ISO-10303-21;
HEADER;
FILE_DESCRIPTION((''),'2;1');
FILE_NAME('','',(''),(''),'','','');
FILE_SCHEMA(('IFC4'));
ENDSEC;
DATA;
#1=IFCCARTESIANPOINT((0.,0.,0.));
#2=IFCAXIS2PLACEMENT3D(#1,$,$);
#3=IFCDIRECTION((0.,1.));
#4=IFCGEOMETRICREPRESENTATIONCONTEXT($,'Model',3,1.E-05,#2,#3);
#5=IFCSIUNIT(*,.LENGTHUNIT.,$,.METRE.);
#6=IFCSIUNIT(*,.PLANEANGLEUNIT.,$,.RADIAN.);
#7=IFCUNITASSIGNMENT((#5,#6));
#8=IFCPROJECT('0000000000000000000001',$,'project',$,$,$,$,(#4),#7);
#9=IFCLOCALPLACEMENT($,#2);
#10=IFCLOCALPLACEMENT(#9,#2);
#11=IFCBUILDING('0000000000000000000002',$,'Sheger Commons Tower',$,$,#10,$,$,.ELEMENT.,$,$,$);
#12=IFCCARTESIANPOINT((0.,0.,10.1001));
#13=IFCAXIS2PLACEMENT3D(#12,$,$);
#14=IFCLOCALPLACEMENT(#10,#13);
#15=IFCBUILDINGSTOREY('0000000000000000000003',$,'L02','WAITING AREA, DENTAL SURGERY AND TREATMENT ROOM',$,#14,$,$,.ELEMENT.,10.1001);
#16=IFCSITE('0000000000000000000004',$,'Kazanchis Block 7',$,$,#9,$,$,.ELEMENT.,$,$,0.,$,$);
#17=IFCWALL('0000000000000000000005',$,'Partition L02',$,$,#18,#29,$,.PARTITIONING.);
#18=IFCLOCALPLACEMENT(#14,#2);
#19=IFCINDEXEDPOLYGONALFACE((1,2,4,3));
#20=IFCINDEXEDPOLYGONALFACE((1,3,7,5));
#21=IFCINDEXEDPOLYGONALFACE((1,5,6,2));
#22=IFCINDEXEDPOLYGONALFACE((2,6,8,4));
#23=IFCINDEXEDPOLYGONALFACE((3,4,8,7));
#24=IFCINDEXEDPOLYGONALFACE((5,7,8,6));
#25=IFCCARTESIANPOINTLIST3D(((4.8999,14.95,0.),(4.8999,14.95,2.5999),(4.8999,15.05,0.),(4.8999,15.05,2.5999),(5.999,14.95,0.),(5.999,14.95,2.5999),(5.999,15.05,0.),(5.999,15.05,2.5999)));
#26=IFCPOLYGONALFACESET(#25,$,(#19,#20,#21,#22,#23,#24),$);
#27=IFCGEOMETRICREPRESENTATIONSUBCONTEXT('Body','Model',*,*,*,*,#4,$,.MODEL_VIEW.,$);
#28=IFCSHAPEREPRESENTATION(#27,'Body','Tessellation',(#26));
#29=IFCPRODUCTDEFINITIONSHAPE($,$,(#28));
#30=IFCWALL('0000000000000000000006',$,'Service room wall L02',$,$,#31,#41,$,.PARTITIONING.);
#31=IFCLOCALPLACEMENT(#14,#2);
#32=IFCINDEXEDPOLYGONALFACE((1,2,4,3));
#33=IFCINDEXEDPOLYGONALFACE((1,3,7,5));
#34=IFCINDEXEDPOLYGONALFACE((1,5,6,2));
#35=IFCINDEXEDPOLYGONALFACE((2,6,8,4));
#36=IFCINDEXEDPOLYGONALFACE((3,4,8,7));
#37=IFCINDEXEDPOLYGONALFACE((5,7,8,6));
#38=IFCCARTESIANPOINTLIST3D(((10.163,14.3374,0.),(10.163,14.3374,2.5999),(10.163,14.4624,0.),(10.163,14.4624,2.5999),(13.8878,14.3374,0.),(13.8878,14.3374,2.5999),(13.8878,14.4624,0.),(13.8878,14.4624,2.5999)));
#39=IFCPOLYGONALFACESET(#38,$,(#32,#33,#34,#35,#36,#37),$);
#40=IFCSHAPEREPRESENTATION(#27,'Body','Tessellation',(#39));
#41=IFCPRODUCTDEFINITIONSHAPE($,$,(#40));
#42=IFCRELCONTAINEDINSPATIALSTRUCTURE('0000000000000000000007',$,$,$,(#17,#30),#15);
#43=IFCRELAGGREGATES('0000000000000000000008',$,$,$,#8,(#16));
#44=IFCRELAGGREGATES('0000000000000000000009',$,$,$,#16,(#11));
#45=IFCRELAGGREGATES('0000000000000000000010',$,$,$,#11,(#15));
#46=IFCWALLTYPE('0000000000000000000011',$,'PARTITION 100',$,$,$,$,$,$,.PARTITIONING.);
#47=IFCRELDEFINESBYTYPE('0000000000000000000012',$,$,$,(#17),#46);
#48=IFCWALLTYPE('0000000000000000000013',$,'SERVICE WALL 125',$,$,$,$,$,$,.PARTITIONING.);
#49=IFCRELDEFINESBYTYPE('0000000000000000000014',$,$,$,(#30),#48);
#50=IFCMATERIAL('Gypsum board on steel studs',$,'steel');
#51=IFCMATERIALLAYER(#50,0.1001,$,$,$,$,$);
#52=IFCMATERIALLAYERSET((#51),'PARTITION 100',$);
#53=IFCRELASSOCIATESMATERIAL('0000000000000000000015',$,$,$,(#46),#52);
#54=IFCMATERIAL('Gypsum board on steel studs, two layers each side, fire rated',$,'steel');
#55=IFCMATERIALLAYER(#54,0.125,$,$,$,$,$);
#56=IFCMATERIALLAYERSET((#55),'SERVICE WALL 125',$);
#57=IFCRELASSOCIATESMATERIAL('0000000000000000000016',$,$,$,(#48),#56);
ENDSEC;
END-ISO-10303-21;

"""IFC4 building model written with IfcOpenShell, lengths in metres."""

from ifc_helpers import new_model, si_unit, direction, frame, frame_2d, origin, place, context, subcontext, project, spatial, rectangle, extrude, material, layer, layer_set, type_object, element, save


model = new_model("IFC4")

# Units and contexts
model_context = context("Model", 3, precision=1e-05, world=origin(), true_north=direction((0.0, 1.0)))
body_context = subcontext(model_context, "Body", "Model", "MODEL_VIEW")
ifc_project = project(units=[si_unit("LENGTHUNIT", "METRE"), si_unit("PLANEANGLEUNIT", "RADIAN")], contexts=[model_context])

# Site, building, storey
site_placement = place(None, origin())
site = spatial("IfcSite", under=ifc_project, at=site_placement, Name="Kazanchis Block 7", CompositionType="ELEMENT", RefElevation=0.0)
building_placement = place(site_placement, origin())
building = spatial("IfcBuilding", under=site, at=building_placement, Name="Sheger Commons Tower", CompositionType="ELEMENT")
storey_placement = place(building_placement, frame((0.0, 0.0, 10.1001)))
storey = spatial("IfcBuildingStorey", under=building, at=storey_placement, Name="L02", Description="WAITING AREA, DENTAL SURGERY AND TREATMENT ROOM", CompositionType="ELEMENT", Elevation=10.1001)

# Shared definitions
ifc_material_1 = material(Name="Gypsum board on steel studs", Category="steel")
ifc_layer_1 = layer(ifc_material_1, 0.1001)
ifc_layer_set_1 = layer_set([ifc_layer_1], Name="PARTITION 100")
wall_type_1 = type_object("IfcWallType", Name="PARTITION 100", PredefinedType="PARTITIONING", material=ifc_layer_set_1)

# Walls
wall_1_placement = place(storey_placement, frame((4.8999, 15.0, 0.0), z_axis=(0.0, 0.0, 1.0), x_axis=(1.0, 0.0, 0.0)))
element("IfcWall", 1, at=wall_1_placement, inside=storey, type_object=wall_type_1, Name="Partition L02", PredefinedType="PARTITIONING", context=body_context, shape_type="SweptSolid", body=[
    extrude(rectangle(XDim=1.0991, YDim=0.1001, at=frame_2d((0.5496, 0.0))), origin(), (0.0, 0.0, 1.0), 2.5999),
])
ifc_material_2 = material(Name="Gypsum board on steel studs, two layers each side, fire rated", Category="steel")
ifc_layer_2 = layer(ifc_material_2, 0.125)
ifc_layer_set_2 = layer_set([ifc_layer_2], Name="SERVICE WALL 125")
wall_type_2 = type_object("IfcWallType", Name="SERVICE WALL 125", PredefinedType="PARTITIONING", material=ifc_layer_set_2)
wall_2_placement = place(storey_placement, frame((10.1631, 14.3999, 0.0), z_axis=(0.0, 0.0, 1.0), x_axis=(1.0, 0.0, 0.0)))
element("IfcWall", 2, at=wall_2_placement, inside=storey, type_object=wall_type_2, Name="Service room wall L02", PredefinedType="PARTITIONING", context=body_context, shape_type="SweptSolid", body=[
    extrude(rectangle(XDim=3.7249, YDim=0.125, at=frame_2d((1.8623, 0.0))), origin(), (0.0, 0.0, 1.0), 2.5999),
])

save(model, "model.ifc")
